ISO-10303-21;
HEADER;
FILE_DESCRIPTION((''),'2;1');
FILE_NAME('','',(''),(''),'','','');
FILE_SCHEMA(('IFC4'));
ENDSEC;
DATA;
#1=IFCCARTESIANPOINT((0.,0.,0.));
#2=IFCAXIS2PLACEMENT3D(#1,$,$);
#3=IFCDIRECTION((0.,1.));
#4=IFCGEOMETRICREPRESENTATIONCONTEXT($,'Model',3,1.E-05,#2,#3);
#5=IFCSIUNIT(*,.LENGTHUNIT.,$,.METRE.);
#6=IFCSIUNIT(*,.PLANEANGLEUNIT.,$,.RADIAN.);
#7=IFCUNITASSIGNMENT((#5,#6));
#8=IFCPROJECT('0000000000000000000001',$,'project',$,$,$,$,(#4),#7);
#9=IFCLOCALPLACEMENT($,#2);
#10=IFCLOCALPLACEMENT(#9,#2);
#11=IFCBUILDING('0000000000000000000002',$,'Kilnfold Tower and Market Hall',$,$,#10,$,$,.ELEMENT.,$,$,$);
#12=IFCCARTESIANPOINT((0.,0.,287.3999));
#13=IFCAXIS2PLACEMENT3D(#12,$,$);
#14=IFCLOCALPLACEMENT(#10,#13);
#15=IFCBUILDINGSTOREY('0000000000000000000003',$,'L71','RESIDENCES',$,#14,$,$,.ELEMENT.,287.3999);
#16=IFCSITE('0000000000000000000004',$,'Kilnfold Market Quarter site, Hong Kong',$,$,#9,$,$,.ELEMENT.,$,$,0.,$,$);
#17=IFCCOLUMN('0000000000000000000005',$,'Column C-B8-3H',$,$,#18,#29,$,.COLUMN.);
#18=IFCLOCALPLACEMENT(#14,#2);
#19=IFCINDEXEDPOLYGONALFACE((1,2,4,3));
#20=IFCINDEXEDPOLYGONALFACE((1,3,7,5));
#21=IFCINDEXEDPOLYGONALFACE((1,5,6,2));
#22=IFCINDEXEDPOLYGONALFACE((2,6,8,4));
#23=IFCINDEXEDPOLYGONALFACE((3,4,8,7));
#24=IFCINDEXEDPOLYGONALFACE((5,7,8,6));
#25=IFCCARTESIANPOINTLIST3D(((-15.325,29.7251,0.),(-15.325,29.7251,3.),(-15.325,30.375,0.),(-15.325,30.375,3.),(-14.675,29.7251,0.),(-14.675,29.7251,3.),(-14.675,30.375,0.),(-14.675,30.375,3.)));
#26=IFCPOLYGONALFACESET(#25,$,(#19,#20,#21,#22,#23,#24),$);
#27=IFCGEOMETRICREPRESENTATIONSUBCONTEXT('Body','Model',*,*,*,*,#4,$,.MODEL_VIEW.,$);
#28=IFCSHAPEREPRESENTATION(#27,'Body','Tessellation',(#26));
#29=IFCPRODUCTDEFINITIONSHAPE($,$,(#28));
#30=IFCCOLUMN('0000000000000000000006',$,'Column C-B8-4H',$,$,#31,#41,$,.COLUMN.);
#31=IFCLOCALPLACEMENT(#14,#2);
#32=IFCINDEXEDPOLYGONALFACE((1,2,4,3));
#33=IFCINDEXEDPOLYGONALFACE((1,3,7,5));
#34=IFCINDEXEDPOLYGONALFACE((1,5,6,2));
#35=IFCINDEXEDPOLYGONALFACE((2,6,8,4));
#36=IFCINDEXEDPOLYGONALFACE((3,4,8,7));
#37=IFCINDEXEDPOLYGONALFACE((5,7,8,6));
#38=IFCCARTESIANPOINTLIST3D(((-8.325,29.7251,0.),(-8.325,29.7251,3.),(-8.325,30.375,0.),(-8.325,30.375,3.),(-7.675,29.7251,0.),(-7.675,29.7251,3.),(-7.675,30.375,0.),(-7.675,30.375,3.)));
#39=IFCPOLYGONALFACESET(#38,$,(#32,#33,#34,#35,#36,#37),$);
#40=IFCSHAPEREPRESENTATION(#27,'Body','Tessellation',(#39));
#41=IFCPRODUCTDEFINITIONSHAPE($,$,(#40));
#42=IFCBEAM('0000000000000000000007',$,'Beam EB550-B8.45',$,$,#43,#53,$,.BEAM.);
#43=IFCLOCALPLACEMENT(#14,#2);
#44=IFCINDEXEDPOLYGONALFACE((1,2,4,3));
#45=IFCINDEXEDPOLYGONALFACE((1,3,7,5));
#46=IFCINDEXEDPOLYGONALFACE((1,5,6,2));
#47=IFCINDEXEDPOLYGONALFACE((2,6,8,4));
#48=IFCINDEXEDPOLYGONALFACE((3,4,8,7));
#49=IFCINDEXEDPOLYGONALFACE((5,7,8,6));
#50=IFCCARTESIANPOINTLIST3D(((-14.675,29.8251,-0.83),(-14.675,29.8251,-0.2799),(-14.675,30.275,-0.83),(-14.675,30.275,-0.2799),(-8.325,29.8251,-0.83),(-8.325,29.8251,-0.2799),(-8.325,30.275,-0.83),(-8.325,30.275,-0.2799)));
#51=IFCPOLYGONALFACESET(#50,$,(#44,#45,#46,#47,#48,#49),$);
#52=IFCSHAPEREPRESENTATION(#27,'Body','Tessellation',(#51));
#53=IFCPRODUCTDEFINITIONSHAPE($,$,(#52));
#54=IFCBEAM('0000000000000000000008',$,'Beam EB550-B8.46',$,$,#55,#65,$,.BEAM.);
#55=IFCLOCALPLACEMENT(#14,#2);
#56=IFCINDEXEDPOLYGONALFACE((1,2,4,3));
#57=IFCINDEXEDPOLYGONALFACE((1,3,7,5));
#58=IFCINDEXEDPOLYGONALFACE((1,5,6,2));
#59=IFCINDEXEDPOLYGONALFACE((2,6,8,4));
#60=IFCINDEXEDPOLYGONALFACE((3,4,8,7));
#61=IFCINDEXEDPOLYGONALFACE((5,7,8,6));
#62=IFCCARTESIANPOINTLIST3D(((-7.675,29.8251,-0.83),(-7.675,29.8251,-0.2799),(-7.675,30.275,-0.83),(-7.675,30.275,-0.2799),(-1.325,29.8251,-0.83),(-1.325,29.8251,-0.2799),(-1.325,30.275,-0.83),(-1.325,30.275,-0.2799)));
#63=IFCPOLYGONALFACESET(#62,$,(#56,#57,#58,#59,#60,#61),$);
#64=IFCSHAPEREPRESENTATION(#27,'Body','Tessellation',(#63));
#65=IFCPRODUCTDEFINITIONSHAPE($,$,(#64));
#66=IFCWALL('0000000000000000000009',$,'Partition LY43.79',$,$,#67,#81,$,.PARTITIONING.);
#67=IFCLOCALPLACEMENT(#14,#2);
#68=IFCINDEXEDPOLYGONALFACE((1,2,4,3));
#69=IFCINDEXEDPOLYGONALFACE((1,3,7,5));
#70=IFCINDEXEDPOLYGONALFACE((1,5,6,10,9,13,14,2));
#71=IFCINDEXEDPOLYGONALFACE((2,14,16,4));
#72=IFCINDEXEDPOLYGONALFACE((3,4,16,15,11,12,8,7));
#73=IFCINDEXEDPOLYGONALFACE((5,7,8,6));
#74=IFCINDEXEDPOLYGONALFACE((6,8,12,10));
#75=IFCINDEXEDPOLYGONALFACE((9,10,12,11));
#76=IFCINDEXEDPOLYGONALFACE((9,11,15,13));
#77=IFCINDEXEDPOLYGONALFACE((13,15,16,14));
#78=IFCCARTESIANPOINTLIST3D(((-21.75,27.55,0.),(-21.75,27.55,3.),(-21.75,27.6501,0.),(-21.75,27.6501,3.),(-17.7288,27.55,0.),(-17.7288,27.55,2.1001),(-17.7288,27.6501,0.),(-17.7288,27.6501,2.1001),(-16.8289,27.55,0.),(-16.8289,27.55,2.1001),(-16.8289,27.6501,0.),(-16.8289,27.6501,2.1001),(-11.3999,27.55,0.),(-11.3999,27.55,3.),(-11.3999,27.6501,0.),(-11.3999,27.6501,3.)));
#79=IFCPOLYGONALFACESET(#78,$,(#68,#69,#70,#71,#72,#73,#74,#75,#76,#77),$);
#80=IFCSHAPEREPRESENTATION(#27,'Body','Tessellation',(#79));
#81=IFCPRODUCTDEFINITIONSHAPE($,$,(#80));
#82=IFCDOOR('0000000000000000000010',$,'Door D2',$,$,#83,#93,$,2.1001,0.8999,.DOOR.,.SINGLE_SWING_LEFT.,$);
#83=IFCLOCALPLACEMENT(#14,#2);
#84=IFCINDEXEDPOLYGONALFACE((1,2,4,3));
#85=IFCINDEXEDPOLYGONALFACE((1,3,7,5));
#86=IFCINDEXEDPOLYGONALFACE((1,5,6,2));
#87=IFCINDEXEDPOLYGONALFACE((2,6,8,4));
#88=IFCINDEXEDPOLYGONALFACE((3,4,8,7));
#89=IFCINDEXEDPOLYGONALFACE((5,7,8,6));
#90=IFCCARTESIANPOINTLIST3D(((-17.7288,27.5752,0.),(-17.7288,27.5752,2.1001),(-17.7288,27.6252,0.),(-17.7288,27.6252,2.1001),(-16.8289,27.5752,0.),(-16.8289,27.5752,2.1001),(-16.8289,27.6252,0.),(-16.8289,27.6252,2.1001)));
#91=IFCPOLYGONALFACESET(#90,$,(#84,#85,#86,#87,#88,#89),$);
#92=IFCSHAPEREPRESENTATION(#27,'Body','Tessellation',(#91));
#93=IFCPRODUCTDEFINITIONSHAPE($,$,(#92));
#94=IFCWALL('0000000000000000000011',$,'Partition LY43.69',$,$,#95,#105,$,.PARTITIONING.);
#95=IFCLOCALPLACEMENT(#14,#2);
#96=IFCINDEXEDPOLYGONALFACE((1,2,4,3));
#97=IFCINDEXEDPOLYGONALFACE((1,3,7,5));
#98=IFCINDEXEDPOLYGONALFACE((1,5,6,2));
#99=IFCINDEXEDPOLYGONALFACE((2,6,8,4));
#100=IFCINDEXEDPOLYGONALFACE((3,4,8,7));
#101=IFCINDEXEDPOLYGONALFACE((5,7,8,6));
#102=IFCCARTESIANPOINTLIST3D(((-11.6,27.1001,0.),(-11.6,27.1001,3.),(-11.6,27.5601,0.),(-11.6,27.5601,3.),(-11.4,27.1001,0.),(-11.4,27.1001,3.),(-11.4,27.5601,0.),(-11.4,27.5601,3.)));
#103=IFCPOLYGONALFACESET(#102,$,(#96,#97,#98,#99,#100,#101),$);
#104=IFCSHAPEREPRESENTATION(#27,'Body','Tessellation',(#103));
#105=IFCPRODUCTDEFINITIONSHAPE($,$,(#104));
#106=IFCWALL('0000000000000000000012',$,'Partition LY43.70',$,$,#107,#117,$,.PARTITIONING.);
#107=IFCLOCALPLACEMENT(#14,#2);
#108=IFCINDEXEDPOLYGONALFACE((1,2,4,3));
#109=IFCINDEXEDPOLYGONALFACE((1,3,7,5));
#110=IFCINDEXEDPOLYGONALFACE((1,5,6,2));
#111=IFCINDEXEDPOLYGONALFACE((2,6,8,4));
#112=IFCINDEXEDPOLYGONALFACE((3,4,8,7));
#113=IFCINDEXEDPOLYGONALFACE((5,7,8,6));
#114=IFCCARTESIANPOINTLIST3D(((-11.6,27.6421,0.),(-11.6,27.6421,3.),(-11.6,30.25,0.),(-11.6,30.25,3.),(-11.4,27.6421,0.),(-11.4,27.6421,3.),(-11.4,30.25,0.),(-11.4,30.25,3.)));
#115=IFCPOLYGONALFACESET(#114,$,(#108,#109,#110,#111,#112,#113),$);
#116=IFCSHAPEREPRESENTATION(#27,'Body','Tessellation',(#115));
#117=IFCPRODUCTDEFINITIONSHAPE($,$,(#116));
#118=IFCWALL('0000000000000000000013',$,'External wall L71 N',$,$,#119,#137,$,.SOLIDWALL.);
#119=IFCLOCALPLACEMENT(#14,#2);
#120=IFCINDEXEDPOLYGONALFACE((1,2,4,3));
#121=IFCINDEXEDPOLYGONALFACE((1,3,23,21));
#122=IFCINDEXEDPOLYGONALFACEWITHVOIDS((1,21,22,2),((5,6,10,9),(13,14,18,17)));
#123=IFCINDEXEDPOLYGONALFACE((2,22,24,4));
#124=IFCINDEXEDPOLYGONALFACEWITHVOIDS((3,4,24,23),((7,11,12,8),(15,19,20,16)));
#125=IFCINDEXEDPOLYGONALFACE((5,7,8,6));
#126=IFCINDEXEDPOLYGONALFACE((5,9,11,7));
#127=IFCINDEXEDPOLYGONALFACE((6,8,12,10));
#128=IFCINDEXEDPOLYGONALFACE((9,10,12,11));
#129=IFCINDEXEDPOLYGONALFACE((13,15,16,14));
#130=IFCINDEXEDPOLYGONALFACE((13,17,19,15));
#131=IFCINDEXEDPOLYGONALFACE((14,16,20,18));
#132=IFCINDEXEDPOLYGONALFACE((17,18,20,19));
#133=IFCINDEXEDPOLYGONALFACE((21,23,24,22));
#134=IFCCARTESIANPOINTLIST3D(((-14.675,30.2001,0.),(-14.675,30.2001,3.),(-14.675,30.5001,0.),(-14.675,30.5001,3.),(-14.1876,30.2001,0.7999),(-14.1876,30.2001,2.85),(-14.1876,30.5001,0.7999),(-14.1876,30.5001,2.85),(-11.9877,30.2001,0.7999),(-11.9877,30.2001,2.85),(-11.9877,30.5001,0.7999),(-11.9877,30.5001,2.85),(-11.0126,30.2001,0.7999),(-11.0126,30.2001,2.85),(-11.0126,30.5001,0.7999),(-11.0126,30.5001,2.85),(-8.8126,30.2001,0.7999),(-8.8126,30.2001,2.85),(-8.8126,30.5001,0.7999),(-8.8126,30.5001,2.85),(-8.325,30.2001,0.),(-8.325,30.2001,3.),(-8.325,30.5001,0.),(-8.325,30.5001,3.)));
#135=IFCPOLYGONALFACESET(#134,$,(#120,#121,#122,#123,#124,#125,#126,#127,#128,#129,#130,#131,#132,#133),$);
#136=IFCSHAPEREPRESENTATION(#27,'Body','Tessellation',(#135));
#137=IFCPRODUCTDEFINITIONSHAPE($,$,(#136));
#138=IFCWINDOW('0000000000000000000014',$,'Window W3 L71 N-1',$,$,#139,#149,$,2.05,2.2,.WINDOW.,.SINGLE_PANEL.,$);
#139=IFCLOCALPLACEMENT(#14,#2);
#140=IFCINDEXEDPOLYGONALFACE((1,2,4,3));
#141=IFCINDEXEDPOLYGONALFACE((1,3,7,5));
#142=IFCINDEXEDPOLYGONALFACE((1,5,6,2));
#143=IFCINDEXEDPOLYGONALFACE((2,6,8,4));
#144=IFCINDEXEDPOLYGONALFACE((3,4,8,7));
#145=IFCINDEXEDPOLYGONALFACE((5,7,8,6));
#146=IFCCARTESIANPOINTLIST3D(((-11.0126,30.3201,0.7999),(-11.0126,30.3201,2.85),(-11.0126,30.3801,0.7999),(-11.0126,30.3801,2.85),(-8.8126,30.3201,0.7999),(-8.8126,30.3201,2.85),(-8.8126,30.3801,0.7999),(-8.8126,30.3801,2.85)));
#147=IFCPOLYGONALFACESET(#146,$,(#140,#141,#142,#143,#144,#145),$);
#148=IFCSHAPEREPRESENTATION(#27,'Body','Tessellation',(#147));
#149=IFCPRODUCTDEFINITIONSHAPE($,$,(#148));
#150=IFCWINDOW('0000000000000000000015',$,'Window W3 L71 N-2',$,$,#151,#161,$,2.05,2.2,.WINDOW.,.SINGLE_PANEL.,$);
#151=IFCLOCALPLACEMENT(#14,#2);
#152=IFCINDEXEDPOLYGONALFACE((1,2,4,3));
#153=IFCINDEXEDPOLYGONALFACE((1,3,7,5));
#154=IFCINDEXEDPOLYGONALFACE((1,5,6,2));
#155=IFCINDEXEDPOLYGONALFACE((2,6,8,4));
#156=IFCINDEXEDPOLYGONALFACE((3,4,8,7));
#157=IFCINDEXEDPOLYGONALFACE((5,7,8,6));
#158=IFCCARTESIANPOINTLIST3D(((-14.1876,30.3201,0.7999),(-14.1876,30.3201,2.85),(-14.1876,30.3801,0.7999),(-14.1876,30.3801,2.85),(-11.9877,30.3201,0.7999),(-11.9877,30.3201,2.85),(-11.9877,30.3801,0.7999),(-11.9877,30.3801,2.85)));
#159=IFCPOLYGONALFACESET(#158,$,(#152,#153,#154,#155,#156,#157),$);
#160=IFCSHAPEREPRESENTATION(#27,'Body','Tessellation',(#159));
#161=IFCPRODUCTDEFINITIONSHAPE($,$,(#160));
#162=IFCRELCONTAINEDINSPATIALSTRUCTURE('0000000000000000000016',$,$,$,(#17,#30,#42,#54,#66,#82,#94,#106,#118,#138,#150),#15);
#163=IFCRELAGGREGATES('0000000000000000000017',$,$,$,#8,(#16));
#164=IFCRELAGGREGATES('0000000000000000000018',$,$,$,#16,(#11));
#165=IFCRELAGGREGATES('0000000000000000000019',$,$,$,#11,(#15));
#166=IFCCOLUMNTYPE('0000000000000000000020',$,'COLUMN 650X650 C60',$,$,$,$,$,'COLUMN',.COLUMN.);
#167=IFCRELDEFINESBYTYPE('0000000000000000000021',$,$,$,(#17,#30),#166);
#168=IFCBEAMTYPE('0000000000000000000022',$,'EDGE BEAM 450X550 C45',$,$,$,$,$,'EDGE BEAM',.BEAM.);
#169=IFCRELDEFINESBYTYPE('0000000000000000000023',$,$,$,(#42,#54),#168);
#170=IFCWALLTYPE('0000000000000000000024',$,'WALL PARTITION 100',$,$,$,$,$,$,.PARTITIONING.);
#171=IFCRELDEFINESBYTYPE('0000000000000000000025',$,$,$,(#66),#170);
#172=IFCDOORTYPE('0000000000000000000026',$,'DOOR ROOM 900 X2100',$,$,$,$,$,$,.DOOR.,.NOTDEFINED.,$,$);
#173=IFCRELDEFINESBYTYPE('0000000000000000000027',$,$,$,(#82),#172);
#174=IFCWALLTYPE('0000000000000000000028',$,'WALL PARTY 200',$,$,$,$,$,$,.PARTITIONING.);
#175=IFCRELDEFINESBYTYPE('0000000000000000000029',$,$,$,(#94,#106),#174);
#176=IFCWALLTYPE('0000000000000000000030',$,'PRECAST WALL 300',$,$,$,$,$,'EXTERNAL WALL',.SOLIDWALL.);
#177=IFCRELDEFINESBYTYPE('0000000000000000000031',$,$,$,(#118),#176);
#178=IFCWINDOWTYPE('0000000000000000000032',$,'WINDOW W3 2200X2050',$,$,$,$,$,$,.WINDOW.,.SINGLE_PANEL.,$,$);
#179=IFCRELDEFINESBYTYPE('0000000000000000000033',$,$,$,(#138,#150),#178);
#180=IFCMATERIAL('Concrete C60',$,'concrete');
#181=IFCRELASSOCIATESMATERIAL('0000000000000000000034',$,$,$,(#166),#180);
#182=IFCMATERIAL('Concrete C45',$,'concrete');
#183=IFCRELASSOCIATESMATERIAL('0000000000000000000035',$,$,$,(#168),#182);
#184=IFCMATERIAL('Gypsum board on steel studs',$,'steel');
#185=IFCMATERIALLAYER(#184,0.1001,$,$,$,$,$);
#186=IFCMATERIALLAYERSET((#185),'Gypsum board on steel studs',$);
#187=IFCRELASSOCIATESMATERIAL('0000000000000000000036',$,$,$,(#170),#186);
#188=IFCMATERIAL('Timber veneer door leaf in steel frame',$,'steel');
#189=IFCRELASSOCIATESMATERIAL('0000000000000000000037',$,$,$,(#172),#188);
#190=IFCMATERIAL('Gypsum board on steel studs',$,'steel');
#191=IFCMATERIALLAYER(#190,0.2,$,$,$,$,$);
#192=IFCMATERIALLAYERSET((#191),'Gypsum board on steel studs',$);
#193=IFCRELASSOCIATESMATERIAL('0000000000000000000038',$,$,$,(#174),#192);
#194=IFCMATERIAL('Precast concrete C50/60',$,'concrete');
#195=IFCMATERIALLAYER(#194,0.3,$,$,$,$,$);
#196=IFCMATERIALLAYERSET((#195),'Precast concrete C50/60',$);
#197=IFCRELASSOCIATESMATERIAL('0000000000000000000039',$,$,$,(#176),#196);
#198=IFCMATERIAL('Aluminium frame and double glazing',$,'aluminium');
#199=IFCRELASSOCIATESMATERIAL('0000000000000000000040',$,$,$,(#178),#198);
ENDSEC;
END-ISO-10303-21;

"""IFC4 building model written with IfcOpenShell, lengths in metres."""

from ifc_helpers import new_model, si_unit, direction, frame, frame_2d, origin, origin_2d, place, context, subcontext, project, spatial, rectangle, extrude, source, transform, mapped, material, layer, layer_set, material_profile, profile_set, type_object, element, fill, save


model = new_model("IFC4")

# Units and contexts
model_context = context("Model", 3, precision=1e-05, world=origin(), true_north=direction((0.0, 1.0)))
body_context = subcontext(model_context, "Body", "Model", "MODEL_VIEW")
ifc_project = project(units=[si_unit("LENGTHUNIT", "METRE"), si_unit("PLANEANGLEUNIT", "RADIAN")], contexts=[model_context])

# Site, building, storey
site_placement = place(None, origin())
site = spatial("IfcSite", under=ifc_project, at=site_placement, Name="Kilnfold Market Quarter site, Hong Kong", CompositionType="ELEMENT", RefElevation=0.0)
building_placement = place(site_placement, origin())
building = spatial("IfcBuilding", under=site, at=building_placement, Name="Kilnfold Tower and Market Hall", CompositionType="ELEMENT")
storey_placement = place(building_placement, frame((0.0, 0.0, 287.3999)))
storey = spatial("IfcBuildingStorey", under=building, at=storey_placement, Name="L71", Description="RESIDENCES", CompositionType="ELEMENT", Elevation=287.3999)

# Columns
ifc_material_1 = material(Name="Concrete C60", Category="concrete")
ifc_material_profile_1 = material_profile(ifc_material_1, rectangle(XDim=0.6499, YDim=0.6499, at=origin_2d()), Name="RC 650x650")
ifc_profile_set_1 = profile_set([ifc_material_profile_1], Name="Concrete C60")
column_type = type_object("IfcColumnType", Name="COLUMN 650X650 C60", ElementType="COLUMN", PredefinedType="COLUMN", material=ifc_profile_set_1)
shared_shape_1 = source(origin(), body_context, "Body", "SweptSolid", [
    extrude(rectangle(XDim=0.6499, YDim=0.6499, at=origin_2d()), origin(), (0.0, 0.0, 1.0), 3.0),
])
for number, where, z_axis, x_axis, name in (
    (1, (-15.0, 30.05, 0.0), (0.0, 0.0, 1.0), (1.0, 0.0, 0.0), "Column C-B8-3H"),
    (2, (-8.0, 30.05, 0.0), (0.0, 0.0, 1.0), (1.0, 0.0, 0.0), "Column C-B8-4H"),
):
    element("IfcColumn", number, at=place(storey_placement, frame(where, z_axis=z_axis, x_axis=x_axis)), inside=storey, type_object=column_type, Name=name, PredefinedType="COLUMN", context=body_context, shape_type="MappedRepresentation", body=[
        mapped(shared_shape_1, transform((0.0, 0.0, 0.0))),
    ])

# Beams
ifc_material_2 = material(Name="Concrete C45", Category="concrete")
ifc_material_profile_2 = material_profile(ifc_material_2, rectangle(XDim=0.45, YDim=0.55, at=origin_2d()), Name="RC 450x550")
ifc_profile_set_2 = profile_set([ifc_material_profile_2], Name="Concrete C45")
beam_type = type_object("IfcBeamType", Name="EDGE BEAM 450X550 C45", ElementType="EDGE BEAM", PredefinedType="BEAM", material=ifc_profile_set_2)
shared_shape_2 = source(origin(), body_context, "Body", "SweptSolid", [
    extrude(rectangle(XDim=0.45, YDim=0.55, at=origin_2d()), origin(), (0.0, 0.0, 1.0), 6.3501),
])
for number, where, z_axis, x_axis, name in (
    (3, (-14.675, 30.05, -0.5549), (1.0, 0.0, 0.0), (0.0, 1.0, 0.0), "Beam EB550-B8.45"),
    (4, (-7.675, 30.05, -0.5549), (1.0, 0.0, 0.0), (0.0, 1.0, 0.0), "Beam EB550-B8.46"),
):
    element("IfcBeam", number, at=place(storey_placement, frame(where, z_axis=z_axis, x_axis=x_axis)), inside=storey, type_object=beam_type, Name=name, PredefinedType="BEAM", context=body_context, shape_type="MappedRepresentation", body=[
        mapped(shared_shape_2, transform((0.0, 0.0, 0.0))),
    ])

# Wall, opening, door
ifc_material_3 = material(Name="Gypsum board on steel studs", Category="steel")
ifc_layer_1 = layer(ifc_material_3, 0.1001)
ifc_layer_set_1 = layer_set([ifc_layer_1], Name="Gypsum board on steel studs")
wall_type_1 = type_object("IfcWallType", Name="WALL PARTITION 100", PredefinedType="PARTITIONING", material=ifc_layer_set_1)
wall_1_placement = place(storey_placement, frame((-11.3999, 27.6001, 0.0), z_axis=(0.0, 0.0, 1.0), x_axis=(-1.0, 0.0, 0.0)))
wall_1 = element("IfcWall", 5, at=wall_1_placement, inside=storey, type_object=wall_type_1, Name="Partition LY43.79", PredefinedType="PARTITIONING", context=body_context, shape_type="SweptSolid", body=[
    extrude(rectangle(XDim=10.3501, YDim=0.1001, at=frame_2d((5.175, 0.0))), origin(), (0.0, 0.0, 1.0), 3.0),
])
opening_1_placement = place(wall_1_placement, frame((5.429, 0.0, 0.0)))
opening_1 = element("IfcOpeningElement", 6, at=opening_1_placement, cuts=wall_1, PredefinedType="OPENING", context=body_context, shape_type="SweptSolid", body=[
    extrude(rectangle(XDim=0.8999, YDim=2.1001, at=frame_2d((0.45, 1.05))), frame((0.0, 0.0601, 0.0), z_axis=(0.0, -1.0, 0.0), x_axis=(1.0, 0.0, 0.0)), (0.0, 0.0, 1.0), 0.1201),
])
ifc_material_4 = material(Name="Timber veneer door leaf in steel frame", Category="steel")
door_type = type_object("IfcDoorType", Name="DOOR ROOM 900 X2100", OperationType="NOTDEFINED", PredefinedType="DOOR", material=ifc_material_4)
door_placement = place(opening_1_placement, origin())
door = element("IfcDoor", 7, at=door_placement, inside=storey, type_object=door_type, Name="Door D2", OperationType="SINGLE_SWING_LEFT", OverallHeight=2.1001, OverallWidth=0.8999, PredefinedType="DOOR", context=body_context, shape_type="SweptSolid", body=[
    extrude(rectangle(XDim=0.8999, YDim=2.1001, at=frame_2d((0.45, 1.05))), frame((0.0, 0.0249, 0.0), z_axis=(0.0, -1.0, 0.0), x_axis=(1.0, 0.0, 0.0)), (0.0, 0.0, 1.0), 0.05),
])
fill(opening_1, door)

# Walls
ifc_material_5 = material(Name="Gypsum board on steel studs", Category="steel")
ifc_layer_2 = layer(ifc_material_5, 0.2)
ifc_layer_set_2 = layer_set([ifc_layer_2], Name="Gypsum board on steel studs")
wall_type_2 = type_object("IfcWallType", Name="WALL PARTY 200", PredefinedType="PARTITIONING", material=ifc_layer_set_2)
wall_2_placement = place(storey_placement, frame((-11.5, 27.1001, 0.0), z_axis=(0.0, 0.0, 1.0), x_axis=(0.0, 1.0, 0.0)))
element("IfcWall", 8, at=wall_2_placement, inside=storey, type_object=wall_type_2, Name="Partition LY43.69", PredefinedType="PARTITIONING", context=body_context, shape_type="SweptSolid", body=[
    extrude(rectangle(XDim=0.46, YDim=0.2, at=frame_2d((0.23, 0.0))), origin(), (0.0, 0.0, 1.0), 3.0),
])
wall_3_placement = place(storey_placement, frame((-11.5, 27.6421, 0.0), z_axis=(0.0, 0.0, 1.0), x_axis=(0.0, 1.0, 0.0)))
element("IfcWall", 9, at=wall_3_placement, inside=storey, type_object=wall_type_2, Name="Partition LY43.70", PredefinedType="PARTITIONING", context=body_context, shape_type="SweptSolid", body=[
    extrude(rectangle(XDim=2.6079, YDim=0.2, at=frame_2d((1.304, 0.0))), origin(), (0.0, 0.0, 1.0), 3.0),
])

# Wall, openings, windows
ifc_material_6 = material(Name="Precast concrete C50/60", Category="concrete")
ifc_layer_3 = layer(ifc_material_6, 0.3)
ifc_layer_set_3 = layer_set([ifc_layer_3], Name="Precast concrete C50/60")
wall_type_3 = type_object("IfcWallType", Name="PRECAST WALL 300", ElementType="EXTERNAL WALL", PredefinedType="SOLIDWALL", material=ifc_layer_set_3)
shared_shape_3 = source(origin(), body_context, "Body", "SweptSolid", [
    extrude(rectangle(XDim=6.3501, YDim=0.3, at=frame_2d((3.175, 0.0))), origin(), (0.0, 0.0, 1.0), 3.0),
])
wall_4_placement = place(storey_placement, frame((-8.325, 30.3501, 0.0), z_axis=(0.0, 0.0, 1.0), x_axis=(-1.0, 0.0, 0.0)))
wall_4 = element("IfcWall", 10, at=wall_4_placement, inside=storey, type_object=wall_type_3, Name="External wall L71 N", PredefinedType="SOLIDWALL", context=body_context, shape_type="MappedRepresentation", body=[
    mapped(shared_shape_3, transform((0.0, 0.0, 0.0))),
])
opening_2_placement = place(wall_4_placement, frame((0.4875, 0.0, 0.8)))
opening_2 = element("IfcOpeningElement", 11, at=opening_2_placement, cuts=wall_4, PredefinedType="OPENING", context=body_context, shape_type="SweptSolid", body=[
    extrude(rectangle(XDim=2.2, YDim=2.05, at=frame_2d((1.1001, 1.0249))), frame((0.0, 0.1602, 0.0), z_axis=(0.0, -1.0, 0.0), x_axis=(1.0, 0.0, 0.0)), (0.0, 0.0, 1.0), 0.3201),
])
opening_3_placement = place(wall_4_placement, frame((3.6626, 0.0, 0.8)))
opening_3 = element("IfcOpeningElement", 12, at=opening_3_placement, cuts=wall_4, PredefinedType="OPENING", context=body_context, shape_type="SweptSolid", body=[
    extrude(rectangle(XDim=2.2, YDim=2.05, at=frame_2d((1.1001, 1.0249))), frame((0.0, 0.1602, 0.0), z_axis=(0.0, -1.0, 0.0), x_axis=(1.0, 0.0, 0.0)), (0.0, 0.0, 1.0), 0.3201),
])
ifc_material_7 = material(Name="Aluminium frame and double glazing", Category="aluminium")
window_type = type_object("IfcWindowType", Name="WINDOW W3 2200X2050", PartitioningType="SINGLE_PANEL", PredefinedType="WINDOW", material=ifc_material_7)
window_1_placement = place(opening_2_placement, origin())
window_1 = element("IfcWindow", 13, at=window_1_placement, inside=storey, type_object=window_type, Name="Window W3 L71 N-1", OverallHeight=2.05, OverallWidth=2.2, PartitioningType="SINGLE_PANEL", PredefinedType="WINDOW", context=body_context, shape_type="SweptSolid", body=[
    extrude(rectangle(XDim=2.2, YDim=2.05, at=frame_2d((1.1001, 1.0249))), frame((0.0, 0.03, 0.0), z_axis=(0.0, -1.0, 0.0), x_axis=(1.0, 0.0, 0.0)), (0.0, 0.0, 1.0), 0.0601),
])
fill(opening_2, window_1)
window_2_placement = place(opening_3_placement, origin())
window_2 = element("IfcWindow", 14, at=window_2_placement, inside=storey, type_object=window_type, Name="Window W3 L71 N-2", OverallHeight=2.05, OverallWidth=2.2, PartitioningType="SINGLE_PANEL", PredefinedType="WINDOW", context=body_context, shape_type="SweptSolid", body=[
    extrude(rectangle(XDim=2.2, YDim=2.05, at=frame_2d((1.1001, 1.0249))), frame((0.0, 0.03, 0.0), z_axis=(0.0, -1.0, 0.0), x_axis=(1.0, 0.0, 0.0)), (0.0, 0.0, 1.0), 0.0601),
])
fill(opening_3, window_2)

save(model, "model.ifc")
